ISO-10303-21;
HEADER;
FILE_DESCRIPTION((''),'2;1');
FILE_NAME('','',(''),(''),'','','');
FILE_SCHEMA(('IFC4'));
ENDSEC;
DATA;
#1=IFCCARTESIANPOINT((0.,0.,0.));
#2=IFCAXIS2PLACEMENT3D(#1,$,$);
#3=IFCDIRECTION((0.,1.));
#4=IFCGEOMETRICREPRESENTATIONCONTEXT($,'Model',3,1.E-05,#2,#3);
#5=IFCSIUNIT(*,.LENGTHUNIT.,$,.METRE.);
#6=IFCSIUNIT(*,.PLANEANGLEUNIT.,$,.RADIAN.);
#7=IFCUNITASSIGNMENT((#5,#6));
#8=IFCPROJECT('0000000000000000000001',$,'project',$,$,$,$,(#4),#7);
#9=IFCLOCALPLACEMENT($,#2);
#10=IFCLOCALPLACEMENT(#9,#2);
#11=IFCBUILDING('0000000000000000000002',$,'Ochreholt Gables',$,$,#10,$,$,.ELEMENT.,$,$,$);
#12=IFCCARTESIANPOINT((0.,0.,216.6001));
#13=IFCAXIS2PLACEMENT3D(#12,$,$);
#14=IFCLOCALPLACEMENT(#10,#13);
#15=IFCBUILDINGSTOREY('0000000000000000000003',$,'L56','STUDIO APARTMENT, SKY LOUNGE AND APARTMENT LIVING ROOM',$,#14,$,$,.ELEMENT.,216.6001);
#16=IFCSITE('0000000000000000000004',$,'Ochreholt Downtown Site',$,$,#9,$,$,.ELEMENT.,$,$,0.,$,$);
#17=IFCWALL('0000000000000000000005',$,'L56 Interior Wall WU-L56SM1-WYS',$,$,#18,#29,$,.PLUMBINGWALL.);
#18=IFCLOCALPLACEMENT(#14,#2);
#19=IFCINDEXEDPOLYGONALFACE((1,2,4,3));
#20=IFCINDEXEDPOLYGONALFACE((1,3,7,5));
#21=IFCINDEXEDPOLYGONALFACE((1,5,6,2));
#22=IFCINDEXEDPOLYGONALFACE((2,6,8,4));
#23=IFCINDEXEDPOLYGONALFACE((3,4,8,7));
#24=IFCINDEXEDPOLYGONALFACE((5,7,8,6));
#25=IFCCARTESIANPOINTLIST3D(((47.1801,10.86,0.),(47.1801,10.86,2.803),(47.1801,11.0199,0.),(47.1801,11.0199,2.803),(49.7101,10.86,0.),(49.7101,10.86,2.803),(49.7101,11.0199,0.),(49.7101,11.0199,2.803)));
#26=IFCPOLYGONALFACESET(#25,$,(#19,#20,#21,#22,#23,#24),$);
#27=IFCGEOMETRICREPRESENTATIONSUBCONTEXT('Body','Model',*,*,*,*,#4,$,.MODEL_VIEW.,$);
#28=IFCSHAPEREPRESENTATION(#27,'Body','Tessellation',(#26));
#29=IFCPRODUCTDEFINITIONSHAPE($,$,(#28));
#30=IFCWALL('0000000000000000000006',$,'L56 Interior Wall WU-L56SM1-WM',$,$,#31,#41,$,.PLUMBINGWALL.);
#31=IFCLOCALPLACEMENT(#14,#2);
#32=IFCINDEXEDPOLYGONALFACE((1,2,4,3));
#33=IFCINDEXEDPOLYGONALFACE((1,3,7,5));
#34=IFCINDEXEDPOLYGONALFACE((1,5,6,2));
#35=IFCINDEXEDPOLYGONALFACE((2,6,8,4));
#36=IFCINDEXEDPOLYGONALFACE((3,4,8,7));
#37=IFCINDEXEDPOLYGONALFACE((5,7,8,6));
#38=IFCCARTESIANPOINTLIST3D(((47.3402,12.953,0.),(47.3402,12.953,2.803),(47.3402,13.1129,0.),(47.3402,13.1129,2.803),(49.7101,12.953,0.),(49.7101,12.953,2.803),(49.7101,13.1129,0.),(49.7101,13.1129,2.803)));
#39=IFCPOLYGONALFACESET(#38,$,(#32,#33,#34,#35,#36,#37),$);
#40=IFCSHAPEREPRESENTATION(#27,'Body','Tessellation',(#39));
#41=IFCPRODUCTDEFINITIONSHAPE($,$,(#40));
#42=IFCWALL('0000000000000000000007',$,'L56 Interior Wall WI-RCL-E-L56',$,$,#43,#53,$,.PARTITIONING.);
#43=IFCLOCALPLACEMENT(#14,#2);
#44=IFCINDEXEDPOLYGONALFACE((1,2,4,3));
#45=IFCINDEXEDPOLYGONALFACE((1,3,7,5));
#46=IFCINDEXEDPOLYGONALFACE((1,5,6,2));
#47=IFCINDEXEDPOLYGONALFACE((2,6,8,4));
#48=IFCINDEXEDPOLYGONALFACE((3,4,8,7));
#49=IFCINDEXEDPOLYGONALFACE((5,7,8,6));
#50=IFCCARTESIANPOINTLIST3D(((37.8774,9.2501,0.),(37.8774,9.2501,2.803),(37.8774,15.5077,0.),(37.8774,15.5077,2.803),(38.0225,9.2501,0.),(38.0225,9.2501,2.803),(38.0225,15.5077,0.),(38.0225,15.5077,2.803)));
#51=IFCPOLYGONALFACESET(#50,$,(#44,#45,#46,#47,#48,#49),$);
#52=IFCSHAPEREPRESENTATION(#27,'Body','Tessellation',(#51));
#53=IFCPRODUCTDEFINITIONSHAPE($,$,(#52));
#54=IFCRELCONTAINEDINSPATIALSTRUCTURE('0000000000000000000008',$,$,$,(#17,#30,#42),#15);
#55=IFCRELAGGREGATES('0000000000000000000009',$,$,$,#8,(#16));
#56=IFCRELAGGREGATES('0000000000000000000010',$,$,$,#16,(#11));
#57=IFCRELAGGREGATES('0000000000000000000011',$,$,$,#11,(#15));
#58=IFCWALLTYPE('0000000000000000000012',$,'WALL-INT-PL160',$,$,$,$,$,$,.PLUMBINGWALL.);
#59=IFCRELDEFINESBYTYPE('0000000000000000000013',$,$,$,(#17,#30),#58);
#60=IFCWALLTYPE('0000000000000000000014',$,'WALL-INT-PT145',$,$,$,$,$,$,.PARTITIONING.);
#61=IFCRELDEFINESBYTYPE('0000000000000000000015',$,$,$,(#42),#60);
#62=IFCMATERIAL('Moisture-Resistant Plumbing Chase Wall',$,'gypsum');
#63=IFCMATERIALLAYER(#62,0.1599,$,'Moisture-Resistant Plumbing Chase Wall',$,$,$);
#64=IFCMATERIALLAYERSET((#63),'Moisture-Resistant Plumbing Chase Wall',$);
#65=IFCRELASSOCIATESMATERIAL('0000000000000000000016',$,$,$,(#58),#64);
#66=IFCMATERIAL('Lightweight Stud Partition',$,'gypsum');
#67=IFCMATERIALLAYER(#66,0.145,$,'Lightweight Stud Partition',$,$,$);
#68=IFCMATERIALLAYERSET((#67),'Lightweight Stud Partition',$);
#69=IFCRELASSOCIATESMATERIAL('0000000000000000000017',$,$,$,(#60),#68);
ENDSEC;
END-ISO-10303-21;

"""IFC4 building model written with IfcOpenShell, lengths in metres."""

from ifc_helpers import new_model, si_unit, direction, frame, frame_2d, origin, place, context, subcontext, project, spatial, rectangle, extrude, material, layer, layer_set, type_object, element, save


model = new_model("IFC4")

# Units and contexts
model_context = context("Model", 3, precision=1e-05, world=origin(), true_north=direction((0.0, 1.0)))
body_context = subcontext(model_context, "Body", "Model", "MODEL_VIEW")
ifc_project = project(units=[si_unit("LENGTHUNIT", "METRE"), si_unit("PLANEANGLEUNIT", "RADIAN")], contexts=[model_context])

# Site, building, storey
site_placement = place(None, origin())
site = spatial("IfcSite", under=ifc_project, at=site_placement, Name="Ochreholt Downtown Site", CompositionType="ELEMENT", RefElevation=0.0)
building_placement = place(site_placement, origin())
building = spatial("IfcBuilding", under=site, at=building_placement, Name="Ochreholt Gables", CompositionType="ELEMENT")
storey_placement = place(building_placement, frame((0.0, 0.0, 216.6001)))
storey = spatial("IfcBuildingStorey", under=building, at=storey_placement, Name="L56", Description="STUDIO APARTMENT, SKY LOUNGE AND APARTMENT LIVING ROOM", CompositionType="ELEMENT", Elevation=216.6001)

# Wall
ifc_material_1 = material(Name="Moisture-Resistant Plumbing Chase Wall", Category="gypsum")
ifc_layer_1 = layer(ifc_material_1, 0.1599, Name="Moisture-Resistant Plumbing Chase Wall")
ifc_layer_set_1 = layer_set([ifc_layer_1], Name="Moisture-Resistant Plumbing Chase Wall")
wall_type_1 = type_object("IfcWallType", Name="WALL-INT-PL160", PredefinedType="PLUMBINGWALL", material=ifc_layer_set_1)
wall_1_placement = place(storey_placement, frame((47.1799, 10.9399, 0.0), z_axis=(0.0, 0.0, 1.0), x_axis=(1.0, 0.0, 0.0)))
element("IfcWall", 1, at=wall_1_placement, inside=storey, type_object=wall_type_1, Name="L56 Interior Wall WU-L56SM1-WYS", PredefinedType="PLUMBINGWALL", context=body_context, shape_type="SweptSolid", body=[
    extrude(rectangle(XDim=2.53, YDim=0.1599, at=frame_2d((1.2651, 0.0))), origin(), (0.0, 0.0, 1.0), 2.803),
])

# Walls
wall_2_placement = place(storey_placement, frame((47.3401, 13.033, 0.0), z_axis=(0.0, 0.0, 1.0), x_axis=(1.0, 0.0, 0.0)))
element("IfcWall", 2, at=wall_2_placement, inside=storey, type_object=wall_type_1, Name="L56 Interior Wall WU-L56SM1-WM", PredefinedType="PLUMBINGWALL", context=body_context, shape_type="SweptSolid", body=[
    extrude(rectangle(XDim=2.3699, YDim=0.1599, at=frame_2d((1.1851, 0.0))), origin(), (0.0, 0.0, 1.0), 2.803),
])
ifc_material_2 = material(Name="Lightweight Stud Partition", Category="gypsum")
ifc_layer_2 = layer(ifc_material_2, 0.145, Name="Lightweight Stud Partition")
ifc_layer_set_2 = layer_set([ifc_layer_2], Name="Lightweight Stud Partition")
wall_type_2 = type_object("IfcWallType", Name="WALL-INT-PT145", PredefinedType="PARTITIONING", material=ifc_layer_set_2)
wall_3_placement = place(storey_placement, frame((37.95, 9.25, 0.0), z_axis=(0.0, 0.0, 1.0), x_axis=(0.0, 1.0, 0.0)))
element("IfcWall", 3, at=wall_3_placement, inside=storey, type_object=wall_type_2, Name="L56 Interior Wall WI-RCL-E-L56", PredefinedType="PARTITIONING", context=body_context, shape_type="SweptSolid", body=[
    extrude(rectangle(XDim=6.2576, YDim=0.145, at=frame_2d((3.1289, 0.0))), origin(), (0.0, 0.0, 1.0), 2.803),
])

save(model, "model.ifc")
